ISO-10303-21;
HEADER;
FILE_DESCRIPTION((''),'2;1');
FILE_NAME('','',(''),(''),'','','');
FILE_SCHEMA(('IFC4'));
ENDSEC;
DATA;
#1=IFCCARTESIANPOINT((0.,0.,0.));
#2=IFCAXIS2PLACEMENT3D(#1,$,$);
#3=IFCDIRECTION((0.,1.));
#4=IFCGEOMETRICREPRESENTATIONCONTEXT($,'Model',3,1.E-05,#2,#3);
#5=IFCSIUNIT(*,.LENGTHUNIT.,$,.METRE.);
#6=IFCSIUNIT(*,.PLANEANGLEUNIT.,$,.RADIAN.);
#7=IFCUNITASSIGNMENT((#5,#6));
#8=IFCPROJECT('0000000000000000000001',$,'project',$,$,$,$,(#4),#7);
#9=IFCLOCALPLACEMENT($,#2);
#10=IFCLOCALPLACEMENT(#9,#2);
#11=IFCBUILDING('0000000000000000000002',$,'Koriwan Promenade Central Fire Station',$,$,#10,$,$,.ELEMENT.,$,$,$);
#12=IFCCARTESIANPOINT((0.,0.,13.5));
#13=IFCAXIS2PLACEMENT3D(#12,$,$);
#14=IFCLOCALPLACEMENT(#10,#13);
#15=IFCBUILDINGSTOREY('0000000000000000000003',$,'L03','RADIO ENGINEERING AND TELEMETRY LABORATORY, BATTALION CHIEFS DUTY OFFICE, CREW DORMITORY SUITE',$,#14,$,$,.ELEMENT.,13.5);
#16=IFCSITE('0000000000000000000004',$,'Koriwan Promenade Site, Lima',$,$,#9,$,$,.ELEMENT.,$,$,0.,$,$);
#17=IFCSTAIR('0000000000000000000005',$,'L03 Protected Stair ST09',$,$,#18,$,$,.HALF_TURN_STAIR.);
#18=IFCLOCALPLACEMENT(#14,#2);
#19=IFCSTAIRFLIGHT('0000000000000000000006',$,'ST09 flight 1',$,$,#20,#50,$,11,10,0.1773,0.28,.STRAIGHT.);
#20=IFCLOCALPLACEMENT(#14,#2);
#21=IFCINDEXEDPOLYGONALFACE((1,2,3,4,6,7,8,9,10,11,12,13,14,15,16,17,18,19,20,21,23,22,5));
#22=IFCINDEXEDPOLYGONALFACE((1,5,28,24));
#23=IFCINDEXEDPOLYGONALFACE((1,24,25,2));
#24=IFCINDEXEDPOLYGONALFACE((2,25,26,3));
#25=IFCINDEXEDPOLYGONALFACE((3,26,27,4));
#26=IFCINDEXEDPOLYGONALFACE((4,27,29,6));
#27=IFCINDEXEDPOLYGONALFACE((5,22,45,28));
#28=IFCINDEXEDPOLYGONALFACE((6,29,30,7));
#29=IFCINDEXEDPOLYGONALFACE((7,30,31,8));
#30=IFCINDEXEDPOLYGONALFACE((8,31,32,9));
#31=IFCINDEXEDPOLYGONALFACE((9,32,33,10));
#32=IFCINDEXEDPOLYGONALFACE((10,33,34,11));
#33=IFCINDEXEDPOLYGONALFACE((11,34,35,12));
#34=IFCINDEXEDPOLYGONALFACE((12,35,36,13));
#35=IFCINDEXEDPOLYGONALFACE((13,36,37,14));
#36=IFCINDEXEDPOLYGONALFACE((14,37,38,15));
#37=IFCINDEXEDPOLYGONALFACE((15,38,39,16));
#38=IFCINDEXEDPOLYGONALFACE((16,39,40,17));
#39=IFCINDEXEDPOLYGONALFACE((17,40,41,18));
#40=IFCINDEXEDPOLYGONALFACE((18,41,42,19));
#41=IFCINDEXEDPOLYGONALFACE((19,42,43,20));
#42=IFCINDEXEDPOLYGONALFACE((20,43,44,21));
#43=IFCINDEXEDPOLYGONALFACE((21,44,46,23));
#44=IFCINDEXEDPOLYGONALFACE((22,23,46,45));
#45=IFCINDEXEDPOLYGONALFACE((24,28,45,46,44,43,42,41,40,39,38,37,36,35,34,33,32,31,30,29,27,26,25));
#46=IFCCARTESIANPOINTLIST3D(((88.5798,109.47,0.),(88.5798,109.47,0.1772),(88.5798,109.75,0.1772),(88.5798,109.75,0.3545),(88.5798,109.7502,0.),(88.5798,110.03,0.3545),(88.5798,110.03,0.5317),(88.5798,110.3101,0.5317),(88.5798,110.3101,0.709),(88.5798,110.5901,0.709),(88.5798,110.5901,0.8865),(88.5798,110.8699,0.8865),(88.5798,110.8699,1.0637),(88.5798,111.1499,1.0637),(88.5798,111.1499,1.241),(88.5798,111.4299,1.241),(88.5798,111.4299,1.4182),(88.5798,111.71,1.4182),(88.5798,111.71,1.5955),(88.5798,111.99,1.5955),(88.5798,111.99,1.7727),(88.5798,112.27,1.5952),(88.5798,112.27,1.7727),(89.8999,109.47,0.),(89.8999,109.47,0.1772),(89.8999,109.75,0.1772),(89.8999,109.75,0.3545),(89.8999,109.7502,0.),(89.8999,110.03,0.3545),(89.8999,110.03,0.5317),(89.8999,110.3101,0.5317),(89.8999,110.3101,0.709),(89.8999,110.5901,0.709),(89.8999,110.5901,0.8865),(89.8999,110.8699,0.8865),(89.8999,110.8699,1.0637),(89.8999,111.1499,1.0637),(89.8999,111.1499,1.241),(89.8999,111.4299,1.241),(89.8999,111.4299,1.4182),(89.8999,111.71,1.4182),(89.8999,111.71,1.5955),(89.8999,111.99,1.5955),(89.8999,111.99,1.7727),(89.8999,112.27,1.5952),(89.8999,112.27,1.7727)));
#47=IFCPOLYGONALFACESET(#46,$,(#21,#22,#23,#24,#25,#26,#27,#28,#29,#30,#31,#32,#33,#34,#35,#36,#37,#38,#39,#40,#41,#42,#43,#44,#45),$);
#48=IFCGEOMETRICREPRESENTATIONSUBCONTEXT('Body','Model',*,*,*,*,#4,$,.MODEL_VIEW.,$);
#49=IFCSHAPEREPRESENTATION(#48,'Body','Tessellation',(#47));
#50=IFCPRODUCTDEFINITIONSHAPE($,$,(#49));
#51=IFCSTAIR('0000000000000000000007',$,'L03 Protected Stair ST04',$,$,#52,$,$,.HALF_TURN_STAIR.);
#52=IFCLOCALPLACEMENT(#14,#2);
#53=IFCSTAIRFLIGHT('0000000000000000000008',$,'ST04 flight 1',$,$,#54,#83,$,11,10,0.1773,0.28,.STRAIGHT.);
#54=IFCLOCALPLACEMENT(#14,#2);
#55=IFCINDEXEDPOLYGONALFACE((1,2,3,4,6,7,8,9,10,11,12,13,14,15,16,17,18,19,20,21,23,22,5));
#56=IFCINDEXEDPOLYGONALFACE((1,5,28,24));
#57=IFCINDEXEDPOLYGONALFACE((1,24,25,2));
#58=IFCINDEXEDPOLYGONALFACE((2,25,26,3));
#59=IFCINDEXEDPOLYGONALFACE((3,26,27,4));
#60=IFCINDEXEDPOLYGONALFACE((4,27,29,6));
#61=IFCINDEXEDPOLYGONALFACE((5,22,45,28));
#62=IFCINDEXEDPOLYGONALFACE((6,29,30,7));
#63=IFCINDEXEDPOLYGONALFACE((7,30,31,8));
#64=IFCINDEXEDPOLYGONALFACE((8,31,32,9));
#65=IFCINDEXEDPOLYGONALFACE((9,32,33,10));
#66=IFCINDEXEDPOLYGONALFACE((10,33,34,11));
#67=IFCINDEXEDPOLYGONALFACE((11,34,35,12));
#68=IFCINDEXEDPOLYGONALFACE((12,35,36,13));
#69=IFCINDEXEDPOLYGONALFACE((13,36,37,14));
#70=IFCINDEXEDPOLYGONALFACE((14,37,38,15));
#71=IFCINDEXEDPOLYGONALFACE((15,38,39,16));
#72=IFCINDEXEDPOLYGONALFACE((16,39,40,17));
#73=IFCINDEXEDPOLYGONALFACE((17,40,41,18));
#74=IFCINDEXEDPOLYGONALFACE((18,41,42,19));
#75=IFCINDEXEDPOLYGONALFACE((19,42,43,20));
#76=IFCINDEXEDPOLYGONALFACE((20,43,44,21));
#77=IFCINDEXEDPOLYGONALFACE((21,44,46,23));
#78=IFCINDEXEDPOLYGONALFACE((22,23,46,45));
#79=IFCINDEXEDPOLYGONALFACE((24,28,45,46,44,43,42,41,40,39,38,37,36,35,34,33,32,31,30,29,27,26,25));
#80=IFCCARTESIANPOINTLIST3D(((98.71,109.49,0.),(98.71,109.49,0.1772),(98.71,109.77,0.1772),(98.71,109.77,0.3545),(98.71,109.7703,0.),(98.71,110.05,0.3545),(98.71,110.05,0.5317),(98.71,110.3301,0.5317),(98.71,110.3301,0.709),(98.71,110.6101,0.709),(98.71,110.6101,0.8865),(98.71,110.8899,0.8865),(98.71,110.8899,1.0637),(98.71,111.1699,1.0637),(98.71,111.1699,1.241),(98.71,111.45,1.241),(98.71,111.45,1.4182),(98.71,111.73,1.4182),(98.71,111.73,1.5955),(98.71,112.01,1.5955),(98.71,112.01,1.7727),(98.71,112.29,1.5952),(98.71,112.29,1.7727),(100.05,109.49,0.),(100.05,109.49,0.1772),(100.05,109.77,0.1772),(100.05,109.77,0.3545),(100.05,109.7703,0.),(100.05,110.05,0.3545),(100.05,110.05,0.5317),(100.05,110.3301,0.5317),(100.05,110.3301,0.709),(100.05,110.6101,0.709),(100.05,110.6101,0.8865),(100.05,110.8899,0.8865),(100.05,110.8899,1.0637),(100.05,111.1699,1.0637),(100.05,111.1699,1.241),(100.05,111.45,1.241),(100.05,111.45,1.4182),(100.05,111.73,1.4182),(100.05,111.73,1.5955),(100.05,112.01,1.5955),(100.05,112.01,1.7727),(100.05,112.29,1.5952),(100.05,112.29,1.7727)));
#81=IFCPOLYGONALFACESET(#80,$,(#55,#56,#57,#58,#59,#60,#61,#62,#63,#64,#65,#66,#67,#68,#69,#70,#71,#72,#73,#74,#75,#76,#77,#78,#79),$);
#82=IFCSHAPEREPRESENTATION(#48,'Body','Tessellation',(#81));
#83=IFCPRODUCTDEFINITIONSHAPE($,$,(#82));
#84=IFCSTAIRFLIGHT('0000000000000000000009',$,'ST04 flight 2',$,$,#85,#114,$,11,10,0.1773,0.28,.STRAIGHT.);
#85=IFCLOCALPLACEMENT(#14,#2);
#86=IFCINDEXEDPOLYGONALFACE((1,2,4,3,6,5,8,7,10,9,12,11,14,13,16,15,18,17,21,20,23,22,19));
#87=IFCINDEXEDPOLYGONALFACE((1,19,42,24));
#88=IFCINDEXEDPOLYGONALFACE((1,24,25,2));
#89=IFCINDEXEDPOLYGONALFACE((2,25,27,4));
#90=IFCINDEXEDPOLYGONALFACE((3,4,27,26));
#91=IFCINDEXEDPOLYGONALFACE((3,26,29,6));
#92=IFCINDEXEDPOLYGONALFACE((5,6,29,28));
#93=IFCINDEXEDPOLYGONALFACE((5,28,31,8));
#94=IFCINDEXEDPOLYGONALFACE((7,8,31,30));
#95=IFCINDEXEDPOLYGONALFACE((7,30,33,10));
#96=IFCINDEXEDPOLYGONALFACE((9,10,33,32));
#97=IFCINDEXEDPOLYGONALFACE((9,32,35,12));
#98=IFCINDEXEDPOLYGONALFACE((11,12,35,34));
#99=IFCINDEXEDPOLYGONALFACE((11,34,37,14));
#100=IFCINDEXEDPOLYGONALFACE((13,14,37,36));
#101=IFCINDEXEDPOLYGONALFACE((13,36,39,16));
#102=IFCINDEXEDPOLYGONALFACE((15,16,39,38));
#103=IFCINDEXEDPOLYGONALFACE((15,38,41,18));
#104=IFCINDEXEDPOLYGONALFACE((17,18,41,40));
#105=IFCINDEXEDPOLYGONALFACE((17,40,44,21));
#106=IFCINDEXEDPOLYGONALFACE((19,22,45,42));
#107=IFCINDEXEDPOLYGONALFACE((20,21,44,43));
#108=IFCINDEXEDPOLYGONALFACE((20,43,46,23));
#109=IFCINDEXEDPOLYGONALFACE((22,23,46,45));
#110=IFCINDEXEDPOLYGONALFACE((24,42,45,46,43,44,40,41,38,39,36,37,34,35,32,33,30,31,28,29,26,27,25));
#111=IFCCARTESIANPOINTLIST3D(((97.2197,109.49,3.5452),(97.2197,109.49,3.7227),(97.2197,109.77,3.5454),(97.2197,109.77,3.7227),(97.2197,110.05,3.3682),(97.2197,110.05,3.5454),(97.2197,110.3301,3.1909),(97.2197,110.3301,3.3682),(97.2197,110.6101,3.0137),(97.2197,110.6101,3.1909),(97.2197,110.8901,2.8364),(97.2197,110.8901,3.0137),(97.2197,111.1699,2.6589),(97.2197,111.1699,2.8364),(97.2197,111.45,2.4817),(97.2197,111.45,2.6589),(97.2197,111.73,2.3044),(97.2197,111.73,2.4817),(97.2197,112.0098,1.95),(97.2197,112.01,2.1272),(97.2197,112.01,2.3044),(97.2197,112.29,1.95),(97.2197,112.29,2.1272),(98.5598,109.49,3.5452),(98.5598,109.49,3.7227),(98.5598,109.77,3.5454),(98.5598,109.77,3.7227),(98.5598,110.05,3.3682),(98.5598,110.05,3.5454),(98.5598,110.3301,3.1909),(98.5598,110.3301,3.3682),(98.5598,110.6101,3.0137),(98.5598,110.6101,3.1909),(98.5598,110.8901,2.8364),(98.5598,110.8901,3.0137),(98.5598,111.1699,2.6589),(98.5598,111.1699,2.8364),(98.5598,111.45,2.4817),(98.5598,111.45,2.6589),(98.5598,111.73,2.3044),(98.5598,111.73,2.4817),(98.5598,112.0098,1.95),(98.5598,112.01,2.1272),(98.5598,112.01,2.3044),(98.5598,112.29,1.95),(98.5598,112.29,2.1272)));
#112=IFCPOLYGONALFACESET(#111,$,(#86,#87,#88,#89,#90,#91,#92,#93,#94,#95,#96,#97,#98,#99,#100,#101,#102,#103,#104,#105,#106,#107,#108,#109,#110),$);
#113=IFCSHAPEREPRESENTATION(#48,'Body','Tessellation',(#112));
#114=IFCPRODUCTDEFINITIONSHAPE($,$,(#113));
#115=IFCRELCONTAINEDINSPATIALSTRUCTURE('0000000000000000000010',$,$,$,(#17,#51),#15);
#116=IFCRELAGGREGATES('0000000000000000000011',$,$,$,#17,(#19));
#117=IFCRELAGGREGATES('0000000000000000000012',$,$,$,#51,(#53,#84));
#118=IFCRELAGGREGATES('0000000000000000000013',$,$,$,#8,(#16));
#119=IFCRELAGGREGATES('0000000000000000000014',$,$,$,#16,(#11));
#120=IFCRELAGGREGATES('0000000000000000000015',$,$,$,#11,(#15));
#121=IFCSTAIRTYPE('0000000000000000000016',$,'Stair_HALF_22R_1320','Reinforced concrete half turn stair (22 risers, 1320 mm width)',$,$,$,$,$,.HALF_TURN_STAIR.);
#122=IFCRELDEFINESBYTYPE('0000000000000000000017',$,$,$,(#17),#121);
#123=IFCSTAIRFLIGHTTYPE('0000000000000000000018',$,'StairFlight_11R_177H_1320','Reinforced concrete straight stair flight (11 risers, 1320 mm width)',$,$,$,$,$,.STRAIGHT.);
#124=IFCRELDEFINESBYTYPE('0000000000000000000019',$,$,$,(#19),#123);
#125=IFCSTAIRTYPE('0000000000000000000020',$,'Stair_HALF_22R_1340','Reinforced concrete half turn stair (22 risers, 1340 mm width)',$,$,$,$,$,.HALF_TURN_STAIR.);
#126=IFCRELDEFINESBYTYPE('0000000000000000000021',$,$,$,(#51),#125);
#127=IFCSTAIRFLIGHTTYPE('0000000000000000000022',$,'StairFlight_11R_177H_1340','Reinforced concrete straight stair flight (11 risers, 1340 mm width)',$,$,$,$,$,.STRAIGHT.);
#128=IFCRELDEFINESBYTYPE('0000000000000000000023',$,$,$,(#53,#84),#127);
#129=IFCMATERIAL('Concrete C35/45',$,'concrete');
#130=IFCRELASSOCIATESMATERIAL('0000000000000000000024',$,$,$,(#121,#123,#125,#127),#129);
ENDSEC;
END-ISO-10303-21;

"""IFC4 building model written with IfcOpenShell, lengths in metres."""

from ifc_helpers import new_model, si_unit, direction, frame, origin, place, context, subcontext, project, spatial, polyline, outline, extrude, material, type_object, element, aggregate, save


model = new_model("IFC4")

# Units and contexts
model_context = context("Model", 3, precision=1e-05, world=origin(), true_north=direction((0.0, 1.0)))
body_context = subcontext(model_context, "Body", "Model", "MODEL_VIEW")
ifc_project = project(units=[si_unit("LENGTHUNIT", "METRE"), si_unit("PLANEANGLEUNIT", "RADIAN")], contexts=[model_context])

# Site, building, storey
site_placement = place(None, origin())
site = spatial("IfcSite", under=ifc_project, at=site_placement, Name="Koriwan Promenade Site, Lima", CompositionType="ELEMENT", RefElevation=0.0)
building_placement = place(site_placement, origin())
building = spatial("IfcBuilding", under=site, at=building_placement, Name="Koriwan Promenade Central Fire Station", CompositionType="ELEMENT")
storey_placement = place(building_placement, frame((0.0, 0.0, 13.5)))
storey = spatial("IfcBuildingStorey", under=building, at=storey_placement, Name="L03", Description="RADIO ENGINEERING AND TELEMETRY LABORATORY, BATTALION CHIEFS DUTY OFFICE, CREW DORMITORY SUITE", CompositionType="ELEMENT", Elevation=13.5)

# Shared definitions
ifc_material_1 = material(Name="Concrete C35/45", Category="concrete")

# Stair, stair flight
stair_type_1 = type_object("IfcStairType", Name="Stair_HALF_22R_1320", Description="Reinforced concrete half turn stair (22 risers, 1320 mm width)", PredefinedType="HALF_TURN_STAIR", material=ifc_material_1)
stair_1_placement = place(storey_placement, origin())
stair_1 = element("IfcStair", 1, at=stair_1_placement, inside=storey, type_object=stair_type_1, Name="L03 Protected Stair ST09", PredefinedType="HALF_TURN_STAIR")
stair_flight_type_1 = type_object("IfcStairFlightType", Name="StairFlight_11R_177H_1320", Description="Reinforced concrete straight stair flight (11 risers, 1320 mm width)", PredefinedType="STRAIGHT", material=ifc_material_1)
stair_flight_1_placement = place(storey_placement, frame((89.24, 109.47, 0.0), z_axis=(0.0, 0.0, 1.0), x_axis=(0.0, 1.0, 0.0)))
stair_flight_1 = element("IfcStairFlight", 2, at=stair_flight_1_placement, type_object=stair_flight_type_1, Name="ST09 flight 1", NumberOfRisers=11, NumberOfTreads=10, PredefinedType="STRAIGHT", RiserHeight=0.1773, TreadLength=0.28, context=body_context, shape_type="SweptSolid", body=[
    extrude(outline(polyline([(0.0, 0.0), (0.0, 0.1772), (0.28, 0.1772), (0.28, 0.3545), (0.5601, 0.3545), (0.5601, 0.5317), (0.8401, 0.5317), (0.8401, 0.709), (1.1201, 0.709), (1.1201, 0.8865), (1.3999, 0.8865), (1.3999, 1.0637), (1.6799, 1.0637), (1.6799, 1.241), (1.96, 1.241), (1.96, 1.4182), (2.24, 1.4182), (2.24, 1.5955), (2.52, 1.5955), (2.52, 1.7727), (2.8, 1.7727), (2.8, 1.95), (2.8, 1.5952), (0.2803, 0.0), (0.0, 0.0)])), frame((0.0, 0.6602, 0.0), z_axis=(0.0, -1.0, 0.0), x_axis=(1.0, 0.0, 0.0)), (0.0, 0.0, 1.0), 1.3201),
])
aggregate(stair_1, [stair_flight_1])

# Stair, stair flights
stair_type_2 = type_object("IfcStairType", Name="Stair_HALF_22R_1340", Description="Reinforced concrete half turn stair (22 risers, 1340 mm width)", PredefinedType="HALF_TURN_STAIR", material=ifc_material_1)
stair_2_placement = place(storey_placement, origin())
stair_2 = element("IfcStair", 3, at=stair_2_placement, inside=storey, type_object=stair_type_2, Name="L03 Protected Stair ST04", PredefinedType="HALF_TURN_STAIR")
stair_flight_type_2 = type_object("IfcStairFlightType", Name="StairFlight_11R_177H_1340", Description="Reinforced concrete straight stair flight (11 risers, 1340 mm width)", PredefinedType="STRAIGHT", material=ifc_material_1)
stair_flight_2_placement = place(storey_placement, frame((99.3799, 109.49, 0.0), z_axis=(0.0, 0.0, 1.0), x_axis=(0.0, 1.0, 0.0)))
stair_flight_2 = element("IfcStairFlight", 4, at=stair_flight_2_placement, type_object=stair_flight_type_2, Name="ST04 flight 1", NumberOfRisers=11, NumberOfTreads=10, PredefinedType="STRAIGHT", RiserHeight=0.1773, TreadLength=0.28, context=body_context, shape_type="SweptSolid", body=[
    extrude(outline(polyline([(0.0, 0.0), (0.0, 0.1772), (0.28, 0.1772), (0.28, 0.3545), (0.5601, 0.3545), (0.5601, 0.5317), (0.8401, 0.5317), (0.8401, 0.709), (1.1201, 0.709), (1.1201, 0.8865), (1.3999, 0.8865), (1.3999, 1.0637), (1.6799, 1.0637), (1.6799, 1.241), (1.96, 1.241), (1.96, 1.4182), (2.24, 1.4182), (2.24, 1.5955), (2.52, 1.5955), (2.52, 1.7727), (2.8, 1.7727), (2.8, 1.95), (2.8, 1.5952), (0.2803, 0.0), (0.0, 0.0)])), frame((0.0, 0.6699, 0.0), z_axis=(0.0, -1.0, 0.0), x_axis=(1.0, 0.0, 0.0)), (0.0, 0.0, 1.0), 1.3401),
])
stair_flight_3_placement = place(storey_placement, frame((97.8899, 112.29, 1.95), z_axis=(0.0, 0.0, 1.0), x_axis=(0.0, -1.0, 0.0)))
stair_flight_3 = element("IfcStairFlight", 5, at=stair_flight_3_placement, type_object=stair_flight_type_2, Name="ST04 flight 2", NumberOfRisers=11, NumberOfTreads=10, PredefinedType="STRAIGHT", RiserHeight=0.1773, TreadLength=0.28, context=body_context, shape_type="SweptSolid", body=[
    extrude(outline(polyline([(0.0, 0.0), (0.0, 0.1772), (0.28, 0.1772), (0.28, 0.3545), (0.5601, 0.3545), (0.5601, 0.5317), (0.8401, 0.5317), (0.8401, 0.709), (1.1201, 0.709), (1.1201, 0.8865), (1.3999, 0.8865), (1.3999, 1.0637), (1.6799, 1.0637), (1.6799, 1.241), (1.96, 1.241), (1.96, 1.4182), (2.24, 1.4182), (2.24, 1.5955), (2.52, 1.5955), (2.52, 1.7727), (2.8, 1.7727), (2.8, 1.95), (2.8, 1.5952), (0.2803, 0.0), (0.0, 0.0)])), frame((0.0, 0.6699, 0.0), z_axis=(0.0, -1.0, 0.0), x_axis=(1.0, 0.0, 0.0)), (0.0, 0.0, 1.0), 1.3401),
])
aggregate(stair_2, [stair_flight_2, stair_flight_3])

save(model, "model.ifc")
